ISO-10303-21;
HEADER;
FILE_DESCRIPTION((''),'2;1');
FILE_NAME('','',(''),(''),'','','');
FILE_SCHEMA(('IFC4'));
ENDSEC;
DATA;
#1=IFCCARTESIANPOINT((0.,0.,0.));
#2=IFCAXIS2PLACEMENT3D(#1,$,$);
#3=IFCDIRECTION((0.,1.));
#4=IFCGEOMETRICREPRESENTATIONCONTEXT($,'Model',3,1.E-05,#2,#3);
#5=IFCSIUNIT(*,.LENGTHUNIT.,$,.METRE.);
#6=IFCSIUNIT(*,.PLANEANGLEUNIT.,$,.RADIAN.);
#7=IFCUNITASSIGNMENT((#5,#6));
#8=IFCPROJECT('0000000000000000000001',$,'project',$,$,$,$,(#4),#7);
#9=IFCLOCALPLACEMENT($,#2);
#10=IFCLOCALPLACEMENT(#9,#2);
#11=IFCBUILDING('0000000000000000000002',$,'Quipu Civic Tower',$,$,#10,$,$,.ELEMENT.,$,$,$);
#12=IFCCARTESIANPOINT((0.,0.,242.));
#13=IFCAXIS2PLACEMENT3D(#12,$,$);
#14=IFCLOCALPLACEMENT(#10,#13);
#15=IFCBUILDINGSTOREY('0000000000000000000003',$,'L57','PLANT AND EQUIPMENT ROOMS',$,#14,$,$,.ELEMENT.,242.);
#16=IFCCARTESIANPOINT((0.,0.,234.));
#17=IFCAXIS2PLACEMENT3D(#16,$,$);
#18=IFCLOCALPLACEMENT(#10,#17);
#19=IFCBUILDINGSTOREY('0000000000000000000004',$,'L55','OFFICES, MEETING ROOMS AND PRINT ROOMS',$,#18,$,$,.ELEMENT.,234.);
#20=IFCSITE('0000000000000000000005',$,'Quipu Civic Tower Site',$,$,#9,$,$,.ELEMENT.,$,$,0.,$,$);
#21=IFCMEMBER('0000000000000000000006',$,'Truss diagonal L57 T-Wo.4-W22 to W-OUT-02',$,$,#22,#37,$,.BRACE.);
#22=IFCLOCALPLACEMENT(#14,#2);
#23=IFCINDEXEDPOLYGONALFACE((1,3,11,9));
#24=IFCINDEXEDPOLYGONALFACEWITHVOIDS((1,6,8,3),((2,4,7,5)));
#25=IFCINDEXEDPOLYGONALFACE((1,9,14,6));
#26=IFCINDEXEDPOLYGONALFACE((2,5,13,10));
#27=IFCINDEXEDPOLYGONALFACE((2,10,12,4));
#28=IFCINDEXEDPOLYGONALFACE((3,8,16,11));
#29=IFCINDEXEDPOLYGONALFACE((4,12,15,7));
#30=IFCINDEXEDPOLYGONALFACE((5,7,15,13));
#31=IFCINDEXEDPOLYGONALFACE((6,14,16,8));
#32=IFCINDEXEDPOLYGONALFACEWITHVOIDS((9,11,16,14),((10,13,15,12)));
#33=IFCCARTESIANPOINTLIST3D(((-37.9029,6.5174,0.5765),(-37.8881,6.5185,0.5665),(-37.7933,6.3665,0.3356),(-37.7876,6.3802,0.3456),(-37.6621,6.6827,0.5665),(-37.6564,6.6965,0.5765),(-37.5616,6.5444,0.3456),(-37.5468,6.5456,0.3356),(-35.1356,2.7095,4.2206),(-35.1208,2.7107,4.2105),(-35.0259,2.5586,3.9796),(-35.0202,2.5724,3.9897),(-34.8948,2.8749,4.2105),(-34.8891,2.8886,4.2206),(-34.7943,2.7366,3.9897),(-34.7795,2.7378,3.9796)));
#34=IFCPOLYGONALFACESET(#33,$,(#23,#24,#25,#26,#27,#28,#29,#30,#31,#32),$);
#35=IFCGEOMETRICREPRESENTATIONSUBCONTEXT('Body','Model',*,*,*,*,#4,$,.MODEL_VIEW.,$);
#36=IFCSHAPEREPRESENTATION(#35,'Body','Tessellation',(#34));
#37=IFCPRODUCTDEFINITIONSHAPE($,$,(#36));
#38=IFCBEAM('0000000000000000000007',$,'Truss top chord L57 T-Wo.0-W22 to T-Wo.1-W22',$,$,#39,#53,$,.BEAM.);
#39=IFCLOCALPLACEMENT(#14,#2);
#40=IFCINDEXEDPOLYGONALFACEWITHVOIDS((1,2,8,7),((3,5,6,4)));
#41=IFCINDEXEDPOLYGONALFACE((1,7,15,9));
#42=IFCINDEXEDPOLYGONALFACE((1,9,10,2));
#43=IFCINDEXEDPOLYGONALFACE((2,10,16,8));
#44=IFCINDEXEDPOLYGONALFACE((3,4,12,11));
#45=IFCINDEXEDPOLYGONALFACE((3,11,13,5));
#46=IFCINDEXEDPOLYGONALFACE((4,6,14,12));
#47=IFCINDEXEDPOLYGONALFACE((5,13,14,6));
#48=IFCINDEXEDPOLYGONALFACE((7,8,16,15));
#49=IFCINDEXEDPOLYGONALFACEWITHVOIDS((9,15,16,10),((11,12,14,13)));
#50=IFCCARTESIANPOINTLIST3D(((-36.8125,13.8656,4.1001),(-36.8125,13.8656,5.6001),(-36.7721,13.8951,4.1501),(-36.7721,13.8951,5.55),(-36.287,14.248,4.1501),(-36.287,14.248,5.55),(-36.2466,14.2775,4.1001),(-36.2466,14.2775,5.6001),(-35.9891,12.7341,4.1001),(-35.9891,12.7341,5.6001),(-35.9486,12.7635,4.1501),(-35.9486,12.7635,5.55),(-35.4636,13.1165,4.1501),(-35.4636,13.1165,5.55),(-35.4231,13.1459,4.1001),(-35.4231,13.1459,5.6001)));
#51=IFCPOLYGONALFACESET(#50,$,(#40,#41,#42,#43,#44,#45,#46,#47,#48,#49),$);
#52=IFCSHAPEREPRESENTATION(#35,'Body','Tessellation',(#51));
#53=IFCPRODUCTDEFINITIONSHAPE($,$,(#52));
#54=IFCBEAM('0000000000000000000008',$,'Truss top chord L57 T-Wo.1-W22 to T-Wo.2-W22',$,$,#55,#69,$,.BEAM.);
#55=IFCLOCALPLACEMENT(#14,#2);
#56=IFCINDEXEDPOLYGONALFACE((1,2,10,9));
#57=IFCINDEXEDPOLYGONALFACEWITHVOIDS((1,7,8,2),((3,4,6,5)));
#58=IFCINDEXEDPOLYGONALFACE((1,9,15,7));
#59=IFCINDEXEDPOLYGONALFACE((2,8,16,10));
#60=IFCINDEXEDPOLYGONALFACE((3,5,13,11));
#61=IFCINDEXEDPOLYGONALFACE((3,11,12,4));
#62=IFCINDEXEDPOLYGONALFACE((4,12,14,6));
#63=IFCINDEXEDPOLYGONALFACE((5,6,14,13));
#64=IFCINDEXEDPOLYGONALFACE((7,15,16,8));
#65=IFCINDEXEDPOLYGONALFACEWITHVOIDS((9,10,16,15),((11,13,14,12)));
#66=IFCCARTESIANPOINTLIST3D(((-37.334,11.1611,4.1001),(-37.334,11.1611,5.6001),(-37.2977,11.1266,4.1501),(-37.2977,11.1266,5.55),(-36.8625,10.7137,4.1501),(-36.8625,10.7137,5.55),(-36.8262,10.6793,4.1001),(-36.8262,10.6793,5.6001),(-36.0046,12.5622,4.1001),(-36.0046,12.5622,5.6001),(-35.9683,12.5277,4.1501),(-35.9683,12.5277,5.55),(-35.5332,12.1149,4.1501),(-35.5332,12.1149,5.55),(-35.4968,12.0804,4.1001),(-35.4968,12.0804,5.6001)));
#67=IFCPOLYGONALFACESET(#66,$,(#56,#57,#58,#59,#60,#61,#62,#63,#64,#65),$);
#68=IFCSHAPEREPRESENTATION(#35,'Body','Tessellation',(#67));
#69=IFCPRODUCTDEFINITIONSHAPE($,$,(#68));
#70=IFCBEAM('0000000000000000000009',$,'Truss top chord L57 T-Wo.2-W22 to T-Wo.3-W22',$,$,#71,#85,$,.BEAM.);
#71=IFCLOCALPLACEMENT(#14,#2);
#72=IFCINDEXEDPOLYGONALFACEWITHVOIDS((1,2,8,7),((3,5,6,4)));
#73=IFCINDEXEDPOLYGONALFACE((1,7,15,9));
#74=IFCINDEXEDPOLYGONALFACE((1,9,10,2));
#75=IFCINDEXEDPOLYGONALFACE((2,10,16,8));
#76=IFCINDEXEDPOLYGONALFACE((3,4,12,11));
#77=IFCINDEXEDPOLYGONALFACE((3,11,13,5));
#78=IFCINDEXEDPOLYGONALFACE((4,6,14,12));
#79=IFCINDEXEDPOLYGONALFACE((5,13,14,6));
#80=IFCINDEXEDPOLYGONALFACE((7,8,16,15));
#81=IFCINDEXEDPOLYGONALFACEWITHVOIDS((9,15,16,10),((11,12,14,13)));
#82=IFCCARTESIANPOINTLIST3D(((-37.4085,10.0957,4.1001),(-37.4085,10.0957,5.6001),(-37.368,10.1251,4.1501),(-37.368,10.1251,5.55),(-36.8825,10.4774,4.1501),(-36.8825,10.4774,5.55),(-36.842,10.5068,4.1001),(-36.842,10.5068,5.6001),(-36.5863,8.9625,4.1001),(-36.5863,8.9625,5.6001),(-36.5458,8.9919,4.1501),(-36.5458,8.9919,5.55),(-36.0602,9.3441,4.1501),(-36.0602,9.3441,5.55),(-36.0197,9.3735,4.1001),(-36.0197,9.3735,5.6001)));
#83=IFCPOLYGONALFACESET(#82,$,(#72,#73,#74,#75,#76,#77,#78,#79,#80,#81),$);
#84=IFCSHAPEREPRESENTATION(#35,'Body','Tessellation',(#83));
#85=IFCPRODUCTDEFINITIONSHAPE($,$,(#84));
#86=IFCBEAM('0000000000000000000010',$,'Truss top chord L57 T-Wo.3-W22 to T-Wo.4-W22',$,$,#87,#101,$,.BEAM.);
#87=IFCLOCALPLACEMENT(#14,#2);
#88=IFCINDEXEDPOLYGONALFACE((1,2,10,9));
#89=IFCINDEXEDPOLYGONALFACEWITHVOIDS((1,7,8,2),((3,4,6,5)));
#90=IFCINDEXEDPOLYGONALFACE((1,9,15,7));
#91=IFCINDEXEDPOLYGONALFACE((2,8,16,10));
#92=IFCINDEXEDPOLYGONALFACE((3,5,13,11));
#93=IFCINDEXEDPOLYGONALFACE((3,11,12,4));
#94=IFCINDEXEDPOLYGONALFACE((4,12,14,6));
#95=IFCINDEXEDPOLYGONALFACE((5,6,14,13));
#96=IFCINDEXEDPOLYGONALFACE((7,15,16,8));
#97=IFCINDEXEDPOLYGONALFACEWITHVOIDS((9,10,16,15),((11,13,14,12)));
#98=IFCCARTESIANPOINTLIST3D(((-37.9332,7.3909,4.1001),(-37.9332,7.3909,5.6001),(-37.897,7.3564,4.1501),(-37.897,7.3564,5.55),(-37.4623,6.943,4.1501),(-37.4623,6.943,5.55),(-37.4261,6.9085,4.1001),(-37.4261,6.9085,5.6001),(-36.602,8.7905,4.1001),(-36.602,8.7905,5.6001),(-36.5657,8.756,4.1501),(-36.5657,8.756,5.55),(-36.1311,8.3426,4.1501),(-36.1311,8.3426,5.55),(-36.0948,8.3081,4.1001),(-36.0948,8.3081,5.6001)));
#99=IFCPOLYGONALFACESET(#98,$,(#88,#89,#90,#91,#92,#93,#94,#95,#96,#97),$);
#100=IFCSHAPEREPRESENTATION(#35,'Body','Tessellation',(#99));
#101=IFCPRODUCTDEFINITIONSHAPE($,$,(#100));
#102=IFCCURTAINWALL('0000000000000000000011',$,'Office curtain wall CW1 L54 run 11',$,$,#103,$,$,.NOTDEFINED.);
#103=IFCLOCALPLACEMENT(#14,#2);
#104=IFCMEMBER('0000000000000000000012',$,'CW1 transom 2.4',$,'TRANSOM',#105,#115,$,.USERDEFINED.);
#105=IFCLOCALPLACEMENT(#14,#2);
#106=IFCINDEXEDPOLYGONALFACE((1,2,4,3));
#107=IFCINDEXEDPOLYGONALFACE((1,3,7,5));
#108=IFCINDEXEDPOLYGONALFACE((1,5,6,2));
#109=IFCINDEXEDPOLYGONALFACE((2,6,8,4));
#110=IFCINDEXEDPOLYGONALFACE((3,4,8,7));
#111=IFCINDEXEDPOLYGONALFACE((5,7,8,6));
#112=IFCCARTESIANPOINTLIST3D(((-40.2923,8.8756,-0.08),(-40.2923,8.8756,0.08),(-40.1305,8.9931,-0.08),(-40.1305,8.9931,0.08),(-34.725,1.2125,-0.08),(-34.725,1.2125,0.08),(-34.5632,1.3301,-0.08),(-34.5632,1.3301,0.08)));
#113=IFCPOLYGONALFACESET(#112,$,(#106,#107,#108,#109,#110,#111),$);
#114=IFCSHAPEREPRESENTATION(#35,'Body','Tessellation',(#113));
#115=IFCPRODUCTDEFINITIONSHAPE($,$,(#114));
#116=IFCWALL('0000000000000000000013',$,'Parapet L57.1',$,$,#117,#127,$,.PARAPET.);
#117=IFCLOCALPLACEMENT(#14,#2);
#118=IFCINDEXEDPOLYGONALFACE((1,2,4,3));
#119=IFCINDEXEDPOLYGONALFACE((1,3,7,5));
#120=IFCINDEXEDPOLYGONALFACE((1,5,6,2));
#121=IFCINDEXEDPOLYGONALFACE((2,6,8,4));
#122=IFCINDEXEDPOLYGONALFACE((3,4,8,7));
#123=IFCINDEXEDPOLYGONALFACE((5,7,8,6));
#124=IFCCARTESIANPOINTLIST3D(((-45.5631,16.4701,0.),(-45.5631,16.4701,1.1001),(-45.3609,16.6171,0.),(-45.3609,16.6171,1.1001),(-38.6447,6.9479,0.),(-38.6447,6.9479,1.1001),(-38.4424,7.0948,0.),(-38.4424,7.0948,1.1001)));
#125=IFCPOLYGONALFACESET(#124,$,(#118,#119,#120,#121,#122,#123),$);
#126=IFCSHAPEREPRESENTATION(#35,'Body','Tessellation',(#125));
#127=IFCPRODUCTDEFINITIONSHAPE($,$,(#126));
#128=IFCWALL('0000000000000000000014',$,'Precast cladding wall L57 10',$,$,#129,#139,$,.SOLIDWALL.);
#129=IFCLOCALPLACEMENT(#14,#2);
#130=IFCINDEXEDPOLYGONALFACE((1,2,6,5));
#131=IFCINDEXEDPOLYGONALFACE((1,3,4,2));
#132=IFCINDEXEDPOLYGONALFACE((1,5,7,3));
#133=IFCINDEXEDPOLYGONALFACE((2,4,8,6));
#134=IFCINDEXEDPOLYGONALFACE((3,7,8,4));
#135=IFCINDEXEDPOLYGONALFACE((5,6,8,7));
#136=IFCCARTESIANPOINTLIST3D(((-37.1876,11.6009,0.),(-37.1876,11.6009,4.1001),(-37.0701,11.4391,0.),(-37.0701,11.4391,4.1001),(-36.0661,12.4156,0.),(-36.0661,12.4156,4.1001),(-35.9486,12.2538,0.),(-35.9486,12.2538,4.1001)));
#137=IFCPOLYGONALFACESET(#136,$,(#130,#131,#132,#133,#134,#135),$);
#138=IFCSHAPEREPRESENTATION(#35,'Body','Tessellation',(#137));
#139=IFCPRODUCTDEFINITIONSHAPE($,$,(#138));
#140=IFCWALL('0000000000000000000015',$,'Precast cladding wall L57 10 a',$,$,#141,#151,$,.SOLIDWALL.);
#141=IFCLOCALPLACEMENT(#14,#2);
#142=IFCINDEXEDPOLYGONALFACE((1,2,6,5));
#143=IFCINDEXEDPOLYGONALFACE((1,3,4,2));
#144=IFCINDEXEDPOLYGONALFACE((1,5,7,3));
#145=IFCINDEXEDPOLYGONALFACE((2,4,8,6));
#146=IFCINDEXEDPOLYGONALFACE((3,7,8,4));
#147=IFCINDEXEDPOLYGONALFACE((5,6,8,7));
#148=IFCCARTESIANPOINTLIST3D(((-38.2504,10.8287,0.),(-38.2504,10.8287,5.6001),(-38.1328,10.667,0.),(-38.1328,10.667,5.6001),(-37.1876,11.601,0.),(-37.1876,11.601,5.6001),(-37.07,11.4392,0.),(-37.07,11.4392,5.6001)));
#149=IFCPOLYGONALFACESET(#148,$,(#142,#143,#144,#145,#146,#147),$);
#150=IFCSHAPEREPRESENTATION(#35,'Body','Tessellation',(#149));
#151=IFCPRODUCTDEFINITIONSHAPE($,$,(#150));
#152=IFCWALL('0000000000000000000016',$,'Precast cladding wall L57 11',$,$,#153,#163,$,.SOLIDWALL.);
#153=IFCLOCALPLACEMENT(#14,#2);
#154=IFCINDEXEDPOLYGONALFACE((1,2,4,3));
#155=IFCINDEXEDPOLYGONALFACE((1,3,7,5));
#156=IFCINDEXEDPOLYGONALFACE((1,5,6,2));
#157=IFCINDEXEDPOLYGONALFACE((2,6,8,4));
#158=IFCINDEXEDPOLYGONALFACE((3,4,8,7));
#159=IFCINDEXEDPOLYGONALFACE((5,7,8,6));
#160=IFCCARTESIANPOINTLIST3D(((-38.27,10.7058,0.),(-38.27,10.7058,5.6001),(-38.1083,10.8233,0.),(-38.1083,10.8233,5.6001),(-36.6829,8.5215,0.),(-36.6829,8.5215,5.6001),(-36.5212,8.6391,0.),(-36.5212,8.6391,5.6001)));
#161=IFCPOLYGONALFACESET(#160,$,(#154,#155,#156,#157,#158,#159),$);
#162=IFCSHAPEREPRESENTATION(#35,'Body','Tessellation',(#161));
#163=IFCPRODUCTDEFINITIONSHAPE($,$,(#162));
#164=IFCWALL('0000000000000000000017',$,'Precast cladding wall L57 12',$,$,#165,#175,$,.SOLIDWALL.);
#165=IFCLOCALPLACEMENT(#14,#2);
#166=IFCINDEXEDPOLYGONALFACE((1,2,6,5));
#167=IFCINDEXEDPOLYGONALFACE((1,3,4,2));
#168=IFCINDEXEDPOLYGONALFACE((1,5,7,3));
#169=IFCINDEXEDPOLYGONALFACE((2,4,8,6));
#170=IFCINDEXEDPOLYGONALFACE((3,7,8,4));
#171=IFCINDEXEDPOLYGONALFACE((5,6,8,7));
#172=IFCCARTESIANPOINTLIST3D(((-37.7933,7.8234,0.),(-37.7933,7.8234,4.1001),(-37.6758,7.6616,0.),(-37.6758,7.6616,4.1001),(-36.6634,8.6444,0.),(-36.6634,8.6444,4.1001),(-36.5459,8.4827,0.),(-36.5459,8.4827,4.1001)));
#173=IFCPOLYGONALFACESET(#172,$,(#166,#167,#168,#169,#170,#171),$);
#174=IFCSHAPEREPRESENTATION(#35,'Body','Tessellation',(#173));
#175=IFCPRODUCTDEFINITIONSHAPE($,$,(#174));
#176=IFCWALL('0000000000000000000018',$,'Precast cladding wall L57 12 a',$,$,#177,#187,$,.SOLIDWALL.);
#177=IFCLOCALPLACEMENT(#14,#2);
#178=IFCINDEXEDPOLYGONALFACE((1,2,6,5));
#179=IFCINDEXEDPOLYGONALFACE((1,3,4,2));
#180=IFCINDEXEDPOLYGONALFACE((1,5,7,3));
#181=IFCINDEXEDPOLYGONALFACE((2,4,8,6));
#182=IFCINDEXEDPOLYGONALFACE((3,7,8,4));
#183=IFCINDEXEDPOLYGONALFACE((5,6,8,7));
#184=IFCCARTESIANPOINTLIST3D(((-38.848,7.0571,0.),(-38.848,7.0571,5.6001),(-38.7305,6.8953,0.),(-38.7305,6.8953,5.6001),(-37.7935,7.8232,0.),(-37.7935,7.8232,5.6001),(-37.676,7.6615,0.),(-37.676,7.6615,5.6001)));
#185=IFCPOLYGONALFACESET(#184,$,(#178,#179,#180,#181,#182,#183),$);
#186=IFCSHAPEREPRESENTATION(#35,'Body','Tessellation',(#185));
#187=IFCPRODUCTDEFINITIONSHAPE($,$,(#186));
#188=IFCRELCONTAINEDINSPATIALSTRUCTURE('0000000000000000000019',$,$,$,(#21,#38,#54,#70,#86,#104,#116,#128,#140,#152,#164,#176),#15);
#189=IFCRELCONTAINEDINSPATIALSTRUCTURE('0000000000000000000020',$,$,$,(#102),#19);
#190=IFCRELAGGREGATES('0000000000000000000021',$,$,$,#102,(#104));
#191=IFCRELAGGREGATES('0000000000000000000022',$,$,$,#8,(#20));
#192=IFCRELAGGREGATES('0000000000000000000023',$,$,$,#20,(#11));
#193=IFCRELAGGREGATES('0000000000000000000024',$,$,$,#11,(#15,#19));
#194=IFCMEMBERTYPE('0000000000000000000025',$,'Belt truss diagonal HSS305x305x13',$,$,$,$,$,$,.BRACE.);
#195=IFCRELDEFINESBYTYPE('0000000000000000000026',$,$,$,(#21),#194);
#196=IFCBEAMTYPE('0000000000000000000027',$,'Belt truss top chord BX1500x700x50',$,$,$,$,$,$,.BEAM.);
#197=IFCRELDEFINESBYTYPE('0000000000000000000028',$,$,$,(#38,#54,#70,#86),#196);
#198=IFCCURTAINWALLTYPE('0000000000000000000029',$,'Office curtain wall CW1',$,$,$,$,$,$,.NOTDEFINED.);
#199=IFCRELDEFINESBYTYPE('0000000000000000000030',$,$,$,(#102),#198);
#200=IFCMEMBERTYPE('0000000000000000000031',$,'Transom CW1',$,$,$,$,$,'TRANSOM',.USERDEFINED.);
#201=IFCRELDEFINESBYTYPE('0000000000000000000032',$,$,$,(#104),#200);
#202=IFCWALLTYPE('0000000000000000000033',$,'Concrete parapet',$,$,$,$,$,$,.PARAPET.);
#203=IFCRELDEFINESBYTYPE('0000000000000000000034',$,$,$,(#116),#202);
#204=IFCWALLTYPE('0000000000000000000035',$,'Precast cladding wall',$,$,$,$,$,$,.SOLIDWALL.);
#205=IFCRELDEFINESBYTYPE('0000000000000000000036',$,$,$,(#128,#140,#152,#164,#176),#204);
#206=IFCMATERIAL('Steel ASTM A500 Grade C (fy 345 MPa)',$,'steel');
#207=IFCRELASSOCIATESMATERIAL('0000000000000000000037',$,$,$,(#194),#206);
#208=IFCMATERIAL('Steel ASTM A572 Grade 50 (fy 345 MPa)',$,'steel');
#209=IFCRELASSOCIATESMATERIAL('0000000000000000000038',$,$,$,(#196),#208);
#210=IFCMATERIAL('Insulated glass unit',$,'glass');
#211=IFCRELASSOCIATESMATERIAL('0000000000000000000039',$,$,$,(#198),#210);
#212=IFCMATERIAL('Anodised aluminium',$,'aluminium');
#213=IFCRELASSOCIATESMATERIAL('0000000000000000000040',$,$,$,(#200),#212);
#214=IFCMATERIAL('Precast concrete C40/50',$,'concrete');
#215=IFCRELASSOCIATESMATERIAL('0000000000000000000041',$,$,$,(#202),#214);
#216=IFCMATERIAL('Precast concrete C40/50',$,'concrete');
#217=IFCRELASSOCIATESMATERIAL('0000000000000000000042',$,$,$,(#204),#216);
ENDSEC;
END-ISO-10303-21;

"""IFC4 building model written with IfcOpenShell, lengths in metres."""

from ifc_helpers import new_model, si_unit, direction, frame, frame_2d, origin, origin_2d, place, context, subcontext, project, spatial, rectangle, hollow_rectangle, extrude, material, material_profile, profile_set, type_object, element, aggregate, save


model = new_model("IFC4")

# Units and contexts
model_context = context("Model", 3, precision=1e-05, world=origin(), true_north=direction((0.0, 1.0)))
body_context = subcontext(model_context, "Body", "Model", "MODEL_VIEW")
ifc_project = project(units=[si_unit("LENGTHUNIT", "METRE"), si_unit("PLANEANGLEUNIT", "RADIAN")], contexts=[model_context])

# Site, building, storey
site_placement = place(None, origin())
site = spatial("IfcSite", under=ifc_project, at=site_placement, Name="Quipu Civic Tower Site", CompositionType="ELEMENT", RefElevation=0.0)
building_placement = place(site_placement, origin())
building = spatial("IfcBuilding", under=site, at=building_placement, Name="Quipu Civic Tower", CompositionType="ELEMENT")
storey_1_placement = place(building_placement, frame((0.0, 0.0, 242.0)))
storey_1 = spatial("IfcBuildingStorey", under=building, at=storey_1_placement, Name="L57", Description="PLANT AND EQUIPMENT ROOMS", CompositionType="ELEMENT", Elevation=242.0)

# Member
ifc_material_1 = material(Name="Steel ASTM A500 Grade C (fy 345 MPa)", Category="steel")
ifc_material_profile_1 = material_profile(ifc_material_1, hollow_rectangle(XDim=0.3047, YDim=0.3047, WallThickness=0.0127, at=origin_2d()), Name="HSS305x305x13")
ifc_profile_set_1 = profile_set([ifc_material_profile_1], Name="Steel ASTM A500 Grade C (fy 345 MPa)")
member_type_1 = type_object("IfcMemberType", Name="Belt truss diagonal HSS305x305x13", PredefinedType="BRACE", material=ifc_profile_set_1)
member_1_placement = place(storey_1_placement, frame((-37.7249, 6.5315, 0.4561), z_axis=(0.464872, -0.639665, 0.612146), x_axis=(0.80894, 0.587891, 0.0)))
element("IfcMember", 1, at=member_1_placement, inside=storey_1, type_object=member_type_1, Name="Truss diagonal L57 T-Wo.4-W22 to W-OUT-02", PredefinedType="BRACE", context=body_context, shape_type="SweptSolid", body=[
    extrude(hollow_rectangle(XDim=0.3047, YDim=0.3047, WallThickness=0.0127, at=origin_2d()), origin(), (0.0, 0.0, 1.0), 5.9529),
])

# Beams
ifc_material_2 = material(Name="Steel ASTM A572 Grade 50 (fy 345 MPa)", Category="steel")
ifc_material_profile_2 = material_profile(ifc_material_2, hollow_rectangle(XDim=0.7, YDim=1.5, WallThickness=0.05, at=origin_2d()), Name="BX1500x700x50")
ifc_profile_set_2 = profile_set([ifc_material_profile_2], Name="Steel ASTM A572 Grade 50 (fy 345 MPa)")
beam_type_1 = type_object("IfcBeamType", Name="Belt truss top chord BX1500x700x50", PredefinedType="BEAM", material=ifc_profile_set_2)
beam_1_placement = place(storey_1_placement, frame((-36.5295, 14.0715, 4.8501), z_axis=(0.58841, -0.808563, 0.0), x_axis=(0.808563, 0.58841, 0.0)))
element("IfcBeam", 2, at=beam_1_placement, inside=storey_1, type_object=beam_type_1, Name="Truss top chord L57 T-Wo.0-W22 to T-Wo.1-W22", PredefinedType="BEAM", context=body_context, shape_type="SweptSolid", body=[
    extrude(hollow_rectangle(XDim=0.7, YDim=1.5, WallThickness=0.05, at=origin_2d()), origin(), (0.0, 0.0, 1.0), 1.3994),
])
beam_2_placement = place(storey_1_placement, frame((-35.7507, 12.3213, 4.8501), z_axis=(-0.688281, -0.725444, 0.0), x_axis=(0.725444, -0.688281, 0.0)))
element("IfcBeam", 3, at=beam_2_placement, inside=storey_1, type_object=beam_type_1, Name="Truss top chord L57 T-Wo.1-W22 to T-Wo.2-W22", PredefinedType="BEAM", context=body_context, shape_type="SweptSolid", body=[
    extrude(hollow_rectangle(XDim=0.7, YDim=1.5, WallThickness=0.05, at=origin_2d()), origin(), (0.0, 0.0, 1.0), 1.9314),
])
beam_3_placement = place(storey_1_placement, frame((-37.1252, 10.3013, 4.8501), z_axis=(0.587259, -0.809399, 0.0), x_axis=(0.809399, 0.587259, 0.0)))
element("IfcBeam", 4, at=beam_3_placement, inside=storey_1, type_object=beam_type_1, Name="Truss top chord L57 T-Wo.2-W22 to T-Wo.3-W22", PredefinedType="BEAM", context=body_context, shape_type="SweptSolid", body=[
    extrude(hollow_rectangle(XDim=0.7, YDim=1.5, WallThickness=0.05, at=origin_2d()), origin(), (0.0, 0.0, 1.0), 1.4001),
])
beam_4_placement = place(storey_1_placement, frame((-36.3484, 8.5493, 4.8501), z_axis=(-0.689191, -0.72458, 0.0), x_axis=(0.72458, -0.689191, 0.0)))
element("IfcBeam", 5, at=beam_4_placement, inside=storey_1, type_object=beam_type_1, Name="Truss top chord L57 T-Wo.3-W22 to T-Wo.4-W22", PredefinedType="BEAM", context=body_context, shape_type="SweptSolid", body=[
    extrude(hollow_rectangle(XDim=0.7, YDim=1.5, WallThickness=0.05, at=origin_2d()), origin(), (0.0, 0.0, 1.0), 1.9316),
])

# Shared definitions
storey_2_placement = place(building_placement, frame((0.0, 0.0, 234.0)))
storey_2 = spatial("IfcBuildingStorey", under=building, at=storey_2_placement, Name="L55", Description="OFFICES, MEETING ROOMS AND PRINT ROOMS", CompositionType="ELEMENT", Elevation=234.0)

# Curtain wall, member
ifc_material_3 = material(Name="Insulated glass unit", Category="glass")
curtain_wall_type = type_object("IfcCurtainWallType", Name="Office curtain wall CW1", PredefinedType="NOTDEFINED", material=ifc_material_3)
curtain_wall_placement = place(storey_2_placement, origin())
curtain_wall = element("IfcCurtainWall", 6, at=curtain_wall_placement, inside=storey_2, type_object=curtain_wall_type, Name="Office curtain wall CW1 L54 run 11", PredefinedType="NOTDEFINED")
ifc_material_4 = material(Name="Anodised aluminium", Category="aluminium")
ifc_material_profile_3 = material_profile(ifc_material_4, rectangle(XDim=0.2, YDim=0.1599, at=origin_2d()), Name="RECT 200x160")
ifc_profile_set_3 = profile_set([ifc_material_profile_3], Name="Anodised aluminium")
member_type_2 = type_object("IfcMemberType", Name="Transom CW1", ElementType="TRANSOM", PredefinedType="USERDEFINED", material=ifc_profile_set_3)
member_2_placement = place(storey_1_placement, frame((-40.2114, 8.9343, 0.0), z_axis=(0.587773, -0.809026, 0.0), x_axis=(0.809026, 0.587773, 0.0)))
member_2 = element("IfcMember", 7, at=member_2_placement, inside=storey_1, type_object=member_type_2, Name="CW1 transom 2.4", ObjectType="TRANSOM", PredefinedType="USERDEFINED", context=body_context, shape_type="SweptSolid", body=[
    extrude(rectangle(XDim=0.2, YDim=0.1599, at=origin_2d()), origin(), (0.0, 0.0, 1.0), 9.4719),
])
aggregate(curtain_wall, [member_2])

# Walls
ifc_material_5 = material(Name="Precast concrete C40/50", Category="concrete")
wall_type_1 = type_object("IfcWallType", Name="Concrete parapet", PredefinedType="PARAPET", material=ifc_material_5)
wall_1_placement = place(storey_1_placement, frame((-38.5435, 7.0212, 0.0), z_axis=(0.0, 0.0, 1.0), x_axis=(-0.587794, 0.80901, 0.0)))
element("IfcWall", 8, at=wall_1_placement, inside=storey_1, type_object=wall_type_1, Name="Parapet L57.1", PredefinedType="PARAPET", context=body_context, shape_type="SweptSolid", body=[
    extrude(rectangle(XDim=11.7703, YDim=0.25, at=frame_2d((5.8853, 0.0))), origin(), (0.0, 0.0, 1.0), 1.1001),
])
ifc_material_6 = material(Name="Precast concrete C40/50", Category="concrete")
wall_type_2 = type_object("IfcWallType", Name="Precast cladding wall", PredefinedType="SOLIDWALL", material=ifc_material_6)
wall_2_placement = place(storey_1_placement, frame((-36.0073, 12.3347, 0.0), z_axis=(0.0, 0.0, 1.0), x_axis=(-0.809079, -0.5877, 0.0)))
element("IfcWall", 9, at=wall_2_placement, inside=storey_1, type_object=wall_type_2, Name="Precast cladding wall L57 10", PredefinedType="SOLIDWALL", context=body_context, shape_type="SweptSolid", body=[
    extrude(rectangle(XDim=1.3862, YDim=0.2, at=frame_2d((0.6931, 0.0))), origin(), (0.0, 0.0, 1.0), 4.1001),
])
wall_3_placement = place(storey_1_placement, frame((-37.1289, 11.52, 0.0), z_axis=(0.0, 0.0, 1.0), x_axis=(-0.808985, -0.587829, 0.0)))
element("IfcWall", 10, at=wall_3_placement, inside=storey_1, type_object=wall_type_2, Name="Precast cladding wall L57 10 a", PredefinedType="SOLIDWALL", context=body_context, shape_type="SweptSolid", body=[
    extrude(rectangle(XDim=1.3137, YDim=0.2, at=frame_2d((0.6567, 0.0))), origin(), (0.0, 0.0, 1.0), 5.6001),
])
wall_4_placement = place(storey_1_placement, frame((-38.1892, 10.7646, 0.0), z_axis=(0.0, 0.0, 1.0), x_axis=(0.587822, -0.80899, 0.0)))
element("IfcWall", 11, at=wall_4_placement, inside=storey_1, type_object=wall_type_2, Name="Precast cladding wall L57 11", PredefinedType="SOLIDWALL", context=body_context, shape_type="SweptSolid", body=[
    extrude(rectangle(XDim=2.7, YDim=0.2, at=frame_2d((1.3501, 0.0))), origin(), (0.0, 0.0, 1.0), 5.6001),
])
wall_5_placement = place(storey_1_placement, frame((-36.6047, 8.5635, 0.0), z_axis=(0.0, 0.0, 1.0), x_axis=(-0.80897, -0.587849, 0.0)))
element("IfcWall", 12, at=wall_5_placement, inside=storey_1, type_object=wall_type_2, Name="Precast cladding wall L57 12", PredefinedType="SOLIDWALL", context=body_context, shape_type="SweptSolid", body=[
    extrude(rectangle(XDim=1.3967, YDim=0.2, at=frame_2d((0.6982, 0.0))), origin(), (0.0, 0.0, 1.0), 4.1001),
])
wall_6_placement = place(storey_1_placement, frame((-37.7346, 7.7424, 0.0), z_axis=(0.0, 0.0, 1.0), x_axis=(-0.809011, -0.587793, 0.0)))
element("IfcWall", 13, at=wall_6_placement, inside=storey_1, type_object=wall_type_2, Name="Precast cladding wall L57 12 a", PredefinedType="SOLIDWALL", context=body_context, shape_type="SweptSolid", body=[
    extrude(rectangle(XDim=1.3035, YDim=0.2, at=frame_2d((0.6519, 0.0))), origin(), (0.0, 0.0, 1.0), 5.6001),
])

save(model, "model.ifc")
